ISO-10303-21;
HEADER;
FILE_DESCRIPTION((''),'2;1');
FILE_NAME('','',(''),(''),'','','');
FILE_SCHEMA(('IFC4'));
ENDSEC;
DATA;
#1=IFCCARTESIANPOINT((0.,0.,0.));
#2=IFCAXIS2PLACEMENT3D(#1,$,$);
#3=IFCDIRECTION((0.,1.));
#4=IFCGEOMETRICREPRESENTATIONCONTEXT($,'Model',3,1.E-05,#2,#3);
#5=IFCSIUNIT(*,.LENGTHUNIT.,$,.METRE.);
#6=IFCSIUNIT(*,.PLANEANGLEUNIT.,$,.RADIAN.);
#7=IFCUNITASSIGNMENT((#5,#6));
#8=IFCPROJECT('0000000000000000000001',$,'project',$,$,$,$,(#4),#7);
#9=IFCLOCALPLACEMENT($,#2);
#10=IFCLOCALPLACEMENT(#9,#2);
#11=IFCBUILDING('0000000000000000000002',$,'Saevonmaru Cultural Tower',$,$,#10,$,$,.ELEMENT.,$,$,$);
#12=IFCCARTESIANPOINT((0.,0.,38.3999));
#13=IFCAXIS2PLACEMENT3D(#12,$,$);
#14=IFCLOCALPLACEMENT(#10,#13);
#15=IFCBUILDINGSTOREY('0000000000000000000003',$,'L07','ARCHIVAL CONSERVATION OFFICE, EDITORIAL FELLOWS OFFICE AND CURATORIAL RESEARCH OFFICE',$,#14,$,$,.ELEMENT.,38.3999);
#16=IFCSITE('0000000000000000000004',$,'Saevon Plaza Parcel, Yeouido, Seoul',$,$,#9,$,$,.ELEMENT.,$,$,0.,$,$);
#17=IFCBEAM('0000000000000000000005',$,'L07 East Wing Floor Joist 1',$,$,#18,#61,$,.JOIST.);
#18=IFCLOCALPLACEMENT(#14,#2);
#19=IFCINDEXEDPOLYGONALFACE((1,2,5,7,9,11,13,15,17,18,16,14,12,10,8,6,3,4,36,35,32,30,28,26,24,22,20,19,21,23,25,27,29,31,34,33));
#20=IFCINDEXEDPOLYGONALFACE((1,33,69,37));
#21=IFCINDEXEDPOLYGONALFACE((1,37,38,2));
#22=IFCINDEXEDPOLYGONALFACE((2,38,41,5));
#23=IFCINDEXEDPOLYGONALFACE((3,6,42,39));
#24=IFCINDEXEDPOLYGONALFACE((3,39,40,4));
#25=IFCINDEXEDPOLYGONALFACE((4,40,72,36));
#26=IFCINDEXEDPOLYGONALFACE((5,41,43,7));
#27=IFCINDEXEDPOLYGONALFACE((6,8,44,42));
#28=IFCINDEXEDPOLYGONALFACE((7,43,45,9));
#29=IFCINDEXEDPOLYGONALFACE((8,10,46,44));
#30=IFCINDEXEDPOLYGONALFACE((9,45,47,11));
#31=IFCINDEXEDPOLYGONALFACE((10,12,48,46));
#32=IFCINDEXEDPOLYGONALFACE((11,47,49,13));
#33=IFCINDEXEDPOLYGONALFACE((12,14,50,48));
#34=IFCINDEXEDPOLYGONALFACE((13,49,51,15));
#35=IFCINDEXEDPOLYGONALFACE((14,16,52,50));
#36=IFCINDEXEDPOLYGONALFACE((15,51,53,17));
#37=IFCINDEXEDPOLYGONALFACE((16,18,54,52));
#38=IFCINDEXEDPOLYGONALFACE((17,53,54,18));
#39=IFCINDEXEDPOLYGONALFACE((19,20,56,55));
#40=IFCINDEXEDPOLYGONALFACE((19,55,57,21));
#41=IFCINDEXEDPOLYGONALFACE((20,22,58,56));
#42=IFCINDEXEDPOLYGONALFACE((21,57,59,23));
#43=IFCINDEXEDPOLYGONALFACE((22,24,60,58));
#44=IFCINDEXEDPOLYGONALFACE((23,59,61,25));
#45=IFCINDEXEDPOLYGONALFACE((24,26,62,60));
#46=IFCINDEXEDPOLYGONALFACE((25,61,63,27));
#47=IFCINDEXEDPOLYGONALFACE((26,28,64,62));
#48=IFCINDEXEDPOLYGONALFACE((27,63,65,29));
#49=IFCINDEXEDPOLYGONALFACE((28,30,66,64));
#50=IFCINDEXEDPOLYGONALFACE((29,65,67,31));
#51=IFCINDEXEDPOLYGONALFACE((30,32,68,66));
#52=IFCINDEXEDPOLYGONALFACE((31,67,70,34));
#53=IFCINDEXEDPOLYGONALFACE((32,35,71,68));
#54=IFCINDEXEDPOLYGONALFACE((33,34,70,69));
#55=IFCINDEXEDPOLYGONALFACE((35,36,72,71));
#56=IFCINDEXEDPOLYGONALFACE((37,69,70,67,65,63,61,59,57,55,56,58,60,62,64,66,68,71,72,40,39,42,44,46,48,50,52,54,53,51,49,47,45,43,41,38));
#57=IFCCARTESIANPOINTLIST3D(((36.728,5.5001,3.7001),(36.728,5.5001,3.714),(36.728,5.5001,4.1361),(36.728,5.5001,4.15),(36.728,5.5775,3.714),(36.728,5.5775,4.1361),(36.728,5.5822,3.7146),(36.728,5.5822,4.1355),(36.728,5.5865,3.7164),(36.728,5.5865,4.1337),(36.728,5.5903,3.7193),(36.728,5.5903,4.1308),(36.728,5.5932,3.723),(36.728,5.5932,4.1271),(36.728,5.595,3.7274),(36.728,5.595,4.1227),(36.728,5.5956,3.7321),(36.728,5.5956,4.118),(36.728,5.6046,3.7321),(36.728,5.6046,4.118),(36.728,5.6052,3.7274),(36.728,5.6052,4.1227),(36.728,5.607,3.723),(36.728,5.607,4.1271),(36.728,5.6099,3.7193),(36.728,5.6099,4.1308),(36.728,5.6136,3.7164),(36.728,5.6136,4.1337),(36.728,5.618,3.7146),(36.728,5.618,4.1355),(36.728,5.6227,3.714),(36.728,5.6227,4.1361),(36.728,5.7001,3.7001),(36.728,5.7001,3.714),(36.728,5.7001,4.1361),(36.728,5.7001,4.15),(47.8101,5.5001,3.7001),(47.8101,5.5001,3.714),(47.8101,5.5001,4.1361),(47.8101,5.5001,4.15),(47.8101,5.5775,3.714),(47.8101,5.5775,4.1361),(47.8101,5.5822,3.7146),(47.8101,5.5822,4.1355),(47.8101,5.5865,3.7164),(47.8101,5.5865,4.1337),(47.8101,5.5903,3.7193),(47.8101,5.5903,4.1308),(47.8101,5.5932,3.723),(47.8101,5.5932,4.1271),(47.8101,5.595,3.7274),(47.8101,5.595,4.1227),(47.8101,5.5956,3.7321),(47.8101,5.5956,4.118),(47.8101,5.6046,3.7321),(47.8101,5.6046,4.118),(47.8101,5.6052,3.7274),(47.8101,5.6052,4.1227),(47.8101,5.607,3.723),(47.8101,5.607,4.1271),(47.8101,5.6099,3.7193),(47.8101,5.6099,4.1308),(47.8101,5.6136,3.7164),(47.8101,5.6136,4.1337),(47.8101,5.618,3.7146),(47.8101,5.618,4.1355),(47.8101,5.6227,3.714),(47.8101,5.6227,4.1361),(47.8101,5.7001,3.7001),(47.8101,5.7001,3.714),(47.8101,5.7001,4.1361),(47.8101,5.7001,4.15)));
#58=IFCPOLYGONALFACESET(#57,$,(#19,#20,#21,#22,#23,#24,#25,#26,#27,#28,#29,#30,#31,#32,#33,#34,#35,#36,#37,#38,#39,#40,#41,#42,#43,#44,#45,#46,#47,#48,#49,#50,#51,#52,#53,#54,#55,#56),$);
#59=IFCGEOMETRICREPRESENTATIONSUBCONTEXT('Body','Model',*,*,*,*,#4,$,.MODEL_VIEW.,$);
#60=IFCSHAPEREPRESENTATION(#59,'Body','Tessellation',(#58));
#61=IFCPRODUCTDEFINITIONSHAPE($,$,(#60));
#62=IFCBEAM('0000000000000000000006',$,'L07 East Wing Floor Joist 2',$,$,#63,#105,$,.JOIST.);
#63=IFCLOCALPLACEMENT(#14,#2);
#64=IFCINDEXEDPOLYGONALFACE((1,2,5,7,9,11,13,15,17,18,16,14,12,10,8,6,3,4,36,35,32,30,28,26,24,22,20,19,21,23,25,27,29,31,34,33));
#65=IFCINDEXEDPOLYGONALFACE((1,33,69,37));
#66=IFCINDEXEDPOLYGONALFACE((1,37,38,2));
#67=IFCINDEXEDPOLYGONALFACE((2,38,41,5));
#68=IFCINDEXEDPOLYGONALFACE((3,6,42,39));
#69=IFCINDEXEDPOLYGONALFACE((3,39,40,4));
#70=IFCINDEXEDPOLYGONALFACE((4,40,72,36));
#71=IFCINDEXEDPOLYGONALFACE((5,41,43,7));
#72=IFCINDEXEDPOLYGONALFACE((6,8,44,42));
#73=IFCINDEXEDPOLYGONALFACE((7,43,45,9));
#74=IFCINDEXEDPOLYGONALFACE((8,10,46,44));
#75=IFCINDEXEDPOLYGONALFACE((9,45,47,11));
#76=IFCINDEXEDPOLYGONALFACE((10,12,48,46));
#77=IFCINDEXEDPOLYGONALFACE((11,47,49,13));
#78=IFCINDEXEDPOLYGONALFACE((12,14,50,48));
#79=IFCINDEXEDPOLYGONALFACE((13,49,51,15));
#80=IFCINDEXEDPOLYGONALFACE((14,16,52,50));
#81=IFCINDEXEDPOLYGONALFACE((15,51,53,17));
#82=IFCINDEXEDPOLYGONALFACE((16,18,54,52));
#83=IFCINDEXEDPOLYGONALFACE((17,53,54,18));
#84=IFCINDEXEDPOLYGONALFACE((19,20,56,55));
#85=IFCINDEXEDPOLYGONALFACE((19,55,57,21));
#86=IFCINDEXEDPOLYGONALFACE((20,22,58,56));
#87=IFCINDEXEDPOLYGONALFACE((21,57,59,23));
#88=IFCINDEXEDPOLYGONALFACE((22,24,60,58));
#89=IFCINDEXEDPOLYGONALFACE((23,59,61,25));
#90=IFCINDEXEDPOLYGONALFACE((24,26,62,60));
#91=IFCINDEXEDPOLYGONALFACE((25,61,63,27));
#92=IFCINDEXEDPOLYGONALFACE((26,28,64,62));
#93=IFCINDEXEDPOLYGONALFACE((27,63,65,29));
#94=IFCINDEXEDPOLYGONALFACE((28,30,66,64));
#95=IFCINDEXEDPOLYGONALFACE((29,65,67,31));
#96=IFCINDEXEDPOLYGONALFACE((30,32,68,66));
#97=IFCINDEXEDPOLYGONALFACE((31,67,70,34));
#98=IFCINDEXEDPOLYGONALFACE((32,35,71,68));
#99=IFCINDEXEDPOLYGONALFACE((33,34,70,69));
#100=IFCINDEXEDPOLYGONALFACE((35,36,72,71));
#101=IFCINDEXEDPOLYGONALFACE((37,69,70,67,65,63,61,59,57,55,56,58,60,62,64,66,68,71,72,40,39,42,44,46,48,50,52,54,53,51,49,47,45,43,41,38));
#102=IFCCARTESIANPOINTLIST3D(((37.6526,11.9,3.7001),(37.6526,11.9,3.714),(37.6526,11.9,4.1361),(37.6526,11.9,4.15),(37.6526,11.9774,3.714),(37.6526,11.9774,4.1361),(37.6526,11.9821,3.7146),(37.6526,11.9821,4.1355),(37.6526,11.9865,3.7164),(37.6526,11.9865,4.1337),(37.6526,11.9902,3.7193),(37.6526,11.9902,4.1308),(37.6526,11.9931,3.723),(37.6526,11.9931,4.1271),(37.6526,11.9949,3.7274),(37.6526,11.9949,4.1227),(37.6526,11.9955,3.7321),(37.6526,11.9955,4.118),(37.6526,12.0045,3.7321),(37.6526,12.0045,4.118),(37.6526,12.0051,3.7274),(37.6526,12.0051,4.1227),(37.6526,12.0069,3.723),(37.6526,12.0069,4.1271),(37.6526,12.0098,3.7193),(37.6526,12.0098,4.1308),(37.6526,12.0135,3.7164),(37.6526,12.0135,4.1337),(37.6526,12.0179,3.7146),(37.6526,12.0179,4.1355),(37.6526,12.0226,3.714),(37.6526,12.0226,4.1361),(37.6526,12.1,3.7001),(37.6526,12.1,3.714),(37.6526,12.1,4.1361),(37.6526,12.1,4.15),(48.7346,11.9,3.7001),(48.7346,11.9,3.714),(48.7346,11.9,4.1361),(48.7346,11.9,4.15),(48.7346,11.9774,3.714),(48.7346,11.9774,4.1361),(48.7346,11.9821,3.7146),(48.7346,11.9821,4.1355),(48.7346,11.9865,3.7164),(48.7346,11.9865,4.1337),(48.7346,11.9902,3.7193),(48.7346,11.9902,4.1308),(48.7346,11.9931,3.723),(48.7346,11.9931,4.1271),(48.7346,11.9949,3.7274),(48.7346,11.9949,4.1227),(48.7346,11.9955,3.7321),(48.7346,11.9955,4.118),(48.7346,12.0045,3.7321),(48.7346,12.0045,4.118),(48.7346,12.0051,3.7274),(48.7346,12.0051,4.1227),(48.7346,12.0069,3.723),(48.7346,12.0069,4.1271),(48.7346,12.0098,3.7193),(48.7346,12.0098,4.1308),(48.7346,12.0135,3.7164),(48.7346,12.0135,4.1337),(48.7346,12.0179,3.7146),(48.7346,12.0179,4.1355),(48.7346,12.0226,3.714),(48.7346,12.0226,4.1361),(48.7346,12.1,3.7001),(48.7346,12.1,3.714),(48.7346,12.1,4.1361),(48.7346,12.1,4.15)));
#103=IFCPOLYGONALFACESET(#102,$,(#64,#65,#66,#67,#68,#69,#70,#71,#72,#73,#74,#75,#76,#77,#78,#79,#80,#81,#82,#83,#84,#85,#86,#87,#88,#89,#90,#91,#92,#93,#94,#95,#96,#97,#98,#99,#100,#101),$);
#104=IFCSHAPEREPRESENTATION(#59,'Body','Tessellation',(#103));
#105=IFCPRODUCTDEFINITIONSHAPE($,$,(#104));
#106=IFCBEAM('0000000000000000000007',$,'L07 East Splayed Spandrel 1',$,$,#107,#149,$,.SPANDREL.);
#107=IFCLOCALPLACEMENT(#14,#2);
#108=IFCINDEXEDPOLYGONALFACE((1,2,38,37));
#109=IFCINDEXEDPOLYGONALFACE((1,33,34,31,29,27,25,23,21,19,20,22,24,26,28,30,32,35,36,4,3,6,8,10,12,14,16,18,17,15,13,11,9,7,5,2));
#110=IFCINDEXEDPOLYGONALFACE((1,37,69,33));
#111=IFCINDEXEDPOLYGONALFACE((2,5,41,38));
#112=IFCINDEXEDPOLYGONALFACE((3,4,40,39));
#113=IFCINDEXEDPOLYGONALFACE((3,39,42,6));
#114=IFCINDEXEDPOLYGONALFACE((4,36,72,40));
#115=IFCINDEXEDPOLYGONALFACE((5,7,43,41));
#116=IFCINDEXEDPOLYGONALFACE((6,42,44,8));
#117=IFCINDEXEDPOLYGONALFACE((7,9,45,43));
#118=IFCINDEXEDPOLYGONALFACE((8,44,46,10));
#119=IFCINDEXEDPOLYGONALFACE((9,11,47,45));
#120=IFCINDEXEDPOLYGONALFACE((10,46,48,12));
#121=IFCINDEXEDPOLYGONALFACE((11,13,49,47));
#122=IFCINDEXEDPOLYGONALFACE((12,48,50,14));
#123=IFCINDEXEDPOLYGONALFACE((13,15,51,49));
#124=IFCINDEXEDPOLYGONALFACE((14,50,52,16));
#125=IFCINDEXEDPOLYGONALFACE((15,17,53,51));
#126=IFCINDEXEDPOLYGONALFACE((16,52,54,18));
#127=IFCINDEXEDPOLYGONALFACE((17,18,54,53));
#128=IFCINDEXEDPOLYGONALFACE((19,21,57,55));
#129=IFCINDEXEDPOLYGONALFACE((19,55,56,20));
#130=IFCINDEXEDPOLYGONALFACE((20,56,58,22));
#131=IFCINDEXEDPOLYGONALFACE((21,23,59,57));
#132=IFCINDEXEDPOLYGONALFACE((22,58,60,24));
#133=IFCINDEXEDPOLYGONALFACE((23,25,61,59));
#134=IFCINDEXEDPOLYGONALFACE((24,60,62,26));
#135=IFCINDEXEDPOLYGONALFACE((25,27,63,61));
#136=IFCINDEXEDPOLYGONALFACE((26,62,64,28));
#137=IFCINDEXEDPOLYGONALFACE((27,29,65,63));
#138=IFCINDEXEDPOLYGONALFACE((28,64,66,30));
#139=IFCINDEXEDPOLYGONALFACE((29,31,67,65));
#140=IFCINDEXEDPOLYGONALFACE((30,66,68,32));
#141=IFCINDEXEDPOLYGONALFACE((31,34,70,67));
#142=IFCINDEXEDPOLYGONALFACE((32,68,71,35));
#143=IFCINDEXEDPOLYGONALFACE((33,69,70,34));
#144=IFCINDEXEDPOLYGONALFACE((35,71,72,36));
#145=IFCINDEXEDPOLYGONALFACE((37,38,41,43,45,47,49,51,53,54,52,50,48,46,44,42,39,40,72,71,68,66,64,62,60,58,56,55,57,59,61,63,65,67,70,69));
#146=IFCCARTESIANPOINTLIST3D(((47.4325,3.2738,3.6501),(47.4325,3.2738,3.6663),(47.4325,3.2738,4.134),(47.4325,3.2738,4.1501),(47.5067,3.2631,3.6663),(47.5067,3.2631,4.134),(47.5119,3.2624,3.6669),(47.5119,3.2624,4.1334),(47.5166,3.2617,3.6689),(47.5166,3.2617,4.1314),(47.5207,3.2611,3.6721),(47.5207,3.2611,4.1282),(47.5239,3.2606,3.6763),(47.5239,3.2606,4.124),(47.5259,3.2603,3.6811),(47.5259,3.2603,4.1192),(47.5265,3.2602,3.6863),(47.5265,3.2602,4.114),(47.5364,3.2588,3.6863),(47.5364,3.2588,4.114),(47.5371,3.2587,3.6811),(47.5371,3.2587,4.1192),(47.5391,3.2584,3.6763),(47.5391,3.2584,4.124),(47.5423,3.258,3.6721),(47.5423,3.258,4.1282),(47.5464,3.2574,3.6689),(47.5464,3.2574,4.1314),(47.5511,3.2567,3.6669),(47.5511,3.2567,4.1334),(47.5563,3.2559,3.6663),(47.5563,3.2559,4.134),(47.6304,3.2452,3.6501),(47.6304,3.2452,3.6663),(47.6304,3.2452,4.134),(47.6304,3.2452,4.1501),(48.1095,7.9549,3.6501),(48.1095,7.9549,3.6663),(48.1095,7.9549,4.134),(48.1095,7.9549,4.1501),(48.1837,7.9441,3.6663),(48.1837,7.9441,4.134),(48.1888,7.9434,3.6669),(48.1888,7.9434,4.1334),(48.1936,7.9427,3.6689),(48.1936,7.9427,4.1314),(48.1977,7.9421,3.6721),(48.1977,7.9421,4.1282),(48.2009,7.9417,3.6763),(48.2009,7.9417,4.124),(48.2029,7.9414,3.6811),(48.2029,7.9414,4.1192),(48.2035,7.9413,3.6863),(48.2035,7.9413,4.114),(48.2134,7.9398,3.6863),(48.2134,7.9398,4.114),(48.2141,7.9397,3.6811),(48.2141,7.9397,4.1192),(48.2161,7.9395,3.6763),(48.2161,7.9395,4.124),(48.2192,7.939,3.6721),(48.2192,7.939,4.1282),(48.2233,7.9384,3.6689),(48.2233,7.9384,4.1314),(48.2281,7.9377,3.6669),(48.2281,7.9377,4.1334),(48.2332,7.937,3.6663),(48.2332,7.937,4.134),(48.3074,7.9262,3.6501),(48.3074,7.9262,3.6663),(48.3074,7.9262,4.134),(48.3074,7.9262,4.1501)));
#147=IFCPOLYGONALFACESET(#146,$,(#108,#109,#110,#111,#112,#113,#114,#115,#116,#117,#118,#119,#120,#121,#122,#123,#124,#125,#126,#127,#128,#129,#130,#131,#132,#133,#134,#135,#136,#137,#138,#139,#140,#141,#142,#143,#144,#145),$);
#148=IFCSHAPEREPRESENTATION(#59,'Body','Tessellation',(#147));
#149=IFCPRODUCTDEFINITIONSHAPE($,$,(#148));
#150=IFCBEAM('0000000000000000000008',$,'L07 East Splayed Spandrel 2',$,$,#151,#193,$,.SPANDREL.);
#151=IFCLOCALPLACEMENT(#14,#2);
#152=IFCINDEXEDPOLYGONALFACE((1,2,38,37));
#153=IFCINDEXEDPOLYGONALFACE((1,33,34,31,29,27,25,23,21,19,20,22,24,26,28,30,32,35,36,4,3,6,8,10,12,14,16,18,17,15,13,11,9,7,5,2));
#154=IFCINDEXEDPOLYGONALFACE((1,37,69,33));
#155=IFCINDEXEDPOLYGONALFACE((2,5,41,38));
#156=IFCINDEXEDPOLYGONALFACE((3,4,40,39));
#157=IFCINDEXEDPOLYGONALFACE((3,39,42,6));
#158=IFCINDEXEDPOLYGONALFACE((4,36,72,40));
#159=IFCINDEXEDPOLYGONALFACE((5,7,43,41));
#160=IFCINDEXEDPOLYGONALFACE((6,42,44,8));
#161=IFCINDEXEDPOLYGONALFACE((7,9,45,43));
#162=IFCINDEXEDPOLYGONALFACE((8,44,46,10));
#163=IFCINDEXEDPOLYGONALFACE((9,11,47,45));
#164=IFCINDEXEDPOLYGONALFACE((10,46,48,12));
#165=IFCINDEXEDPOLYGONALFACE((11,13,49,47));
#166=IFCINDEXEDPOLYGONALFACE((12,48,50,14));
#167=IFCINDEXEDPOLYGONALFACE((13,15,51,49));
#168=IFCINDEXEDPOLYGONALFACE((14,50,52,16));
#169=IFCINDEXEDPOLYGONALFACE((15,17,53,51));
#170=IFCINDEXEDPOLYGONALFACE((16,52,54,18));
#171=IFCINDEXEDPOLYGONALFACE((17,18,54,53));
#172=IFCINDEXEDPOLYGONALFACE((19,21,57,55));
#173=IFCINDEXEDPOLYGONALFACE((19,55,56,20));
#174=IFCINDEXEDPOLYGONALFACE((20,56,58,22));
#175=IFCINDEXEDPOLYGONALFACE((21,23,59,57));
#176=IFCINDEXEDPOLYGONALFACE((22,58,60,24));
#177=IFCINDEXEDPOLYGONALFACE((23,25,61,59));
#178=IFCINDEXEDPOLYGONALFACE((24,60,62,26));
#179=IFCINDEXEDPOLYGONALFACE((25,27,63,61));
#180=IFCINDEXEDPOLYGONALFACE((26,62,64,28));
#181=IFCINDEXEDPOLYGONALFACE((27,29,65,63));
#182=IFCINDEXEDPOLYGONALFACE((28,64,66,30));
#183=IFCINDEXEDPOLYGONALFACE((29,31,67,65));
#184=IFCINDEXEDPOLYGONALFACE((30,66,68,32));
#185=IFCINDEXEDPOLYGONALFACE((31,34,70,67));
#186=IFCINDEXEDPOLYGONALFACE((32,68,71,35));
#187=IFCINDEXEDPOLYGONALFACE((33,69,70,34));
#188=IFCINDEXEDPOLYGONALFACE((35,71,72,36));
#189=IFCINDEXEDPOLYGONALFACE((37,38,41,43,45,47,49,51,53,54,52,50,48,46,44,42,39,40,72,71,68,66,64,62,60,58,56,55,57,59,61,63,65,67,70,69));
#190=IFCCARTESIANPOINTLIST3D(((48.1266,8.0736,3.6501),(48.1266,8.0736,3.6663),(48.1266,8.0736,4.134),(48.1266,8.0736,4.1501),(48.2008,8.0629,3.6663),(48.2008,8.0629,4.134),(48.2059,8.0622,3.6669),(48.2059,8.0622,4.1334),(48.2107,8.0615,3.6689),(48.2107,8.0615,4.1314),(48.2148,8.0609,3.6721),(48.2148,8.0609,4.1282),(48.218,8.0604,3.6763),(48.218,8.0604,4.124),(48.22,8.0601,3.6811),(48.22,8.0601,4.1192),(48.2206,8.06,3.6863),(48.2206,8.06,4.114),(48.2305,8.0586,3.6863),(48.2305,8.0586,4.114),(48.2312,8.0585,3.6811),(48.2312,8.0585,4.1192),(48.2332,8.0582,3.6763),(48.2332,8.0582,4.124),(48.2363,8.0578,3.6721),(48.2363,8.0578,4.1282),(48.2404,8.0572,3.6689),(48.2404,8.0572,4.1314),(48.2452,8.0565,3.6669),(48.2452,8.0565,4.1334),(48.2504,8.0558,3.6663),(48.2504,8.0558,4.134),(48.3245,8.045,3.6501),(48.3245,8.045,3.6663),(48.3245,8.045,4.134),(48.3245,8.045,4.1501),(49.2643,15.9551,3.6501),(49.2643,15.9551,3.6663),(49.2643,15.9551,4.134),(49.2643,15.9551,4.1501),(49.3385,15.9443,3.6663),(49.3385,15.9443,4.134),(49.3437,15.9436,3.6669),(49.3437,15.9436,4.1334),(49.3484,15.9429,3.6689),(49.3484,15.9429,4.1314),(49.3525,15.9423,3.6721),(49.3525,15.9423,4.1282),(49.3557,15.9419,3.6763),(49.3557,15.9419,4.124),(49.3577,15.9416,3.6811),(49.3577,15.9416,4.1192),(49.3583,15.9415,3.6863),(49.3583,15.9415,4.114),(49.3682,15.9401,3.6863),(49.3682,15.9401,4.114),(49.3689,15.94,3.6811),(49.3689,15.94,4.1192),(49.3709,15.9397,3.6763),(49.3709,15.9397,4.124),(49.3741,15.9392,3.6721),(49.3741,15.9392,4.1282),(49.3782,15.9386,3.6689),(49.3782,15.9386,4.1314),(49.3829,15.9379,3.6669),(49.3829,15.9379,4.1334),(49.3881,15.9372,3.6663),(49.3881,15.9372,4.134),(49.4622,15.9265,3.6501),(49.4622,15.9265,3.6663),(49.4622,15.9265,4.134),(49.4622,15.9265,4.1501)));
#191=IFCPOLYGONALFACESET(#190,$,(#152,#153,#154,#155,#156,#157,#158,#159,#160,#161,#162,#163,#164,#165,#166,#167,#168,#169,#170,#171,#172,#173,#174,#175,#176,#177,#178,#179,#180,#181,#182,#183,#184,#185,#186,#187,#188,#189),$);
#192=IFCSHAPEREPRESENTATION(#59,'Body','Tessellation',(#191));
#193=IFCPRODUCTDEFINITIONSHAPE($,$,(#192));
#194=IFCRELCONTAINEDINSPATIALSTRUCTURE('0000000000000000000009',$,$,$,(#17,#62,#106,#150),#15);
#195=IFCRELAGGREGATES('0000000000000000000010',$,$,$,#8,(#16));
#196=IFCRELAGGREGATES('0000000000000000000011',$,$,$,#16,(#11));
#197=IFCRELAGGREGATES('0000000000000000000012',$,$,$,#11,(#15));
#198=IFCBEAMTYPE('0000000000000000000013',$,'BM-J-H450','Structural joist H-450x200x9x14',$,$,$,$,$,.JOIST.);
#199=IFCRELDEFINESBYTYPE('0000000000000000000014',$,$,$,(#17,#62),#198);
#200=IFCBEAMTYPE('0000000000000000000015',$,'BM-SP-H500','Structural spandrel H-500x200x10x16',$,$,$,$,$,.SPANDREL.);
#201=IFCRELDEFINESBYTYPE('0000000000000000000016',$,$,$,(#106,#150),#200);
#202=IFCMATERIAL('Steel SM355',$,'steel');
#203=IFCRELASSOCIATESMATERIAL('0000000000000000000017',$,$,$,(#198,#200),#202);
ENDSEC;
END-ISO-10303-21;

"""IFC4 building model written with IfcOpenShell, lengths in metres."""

from ifc_helpers import new_model, si_unit, direction, frame, origin, origin_2d, place, context, subcontext, project, spatial, i_section, extrude, material, material_profile, profile_set, type_object, element, save


model = new_model("IFC4")

# Units and contexts
model_context = context("Model", 3, precision=1e-05, world=origin(), true_north=direction((0.0, 1.0)))
body_context = subcontext(model_context, "Body", "Model", "MODEL_VIEW")
ifc_project = project(units=[si_unit("LENGTHUNIT", "METRE"), si_unit("PLANEANGLEUNIT", "RADIAN")], contexts=[model_context])

# Site, building, storey
site_placement = place(None, origin())
site = spatial("IfcSite", under=ifc_project, at=site_placement, Name="Saevon Plaza Parcel, Yeouido, Seoul", CompositionType="ELEMENT", RefElevation=0.0)
building_placement = place(site_placement, origin())
building = spatial("IfcBuilding", under=site, at=building_placement, Name="Saevonmaru Cultural Tower", CompositionType="ELEMENT")
storey_placement = place(building_placement, frame((0.0, 0.0, 38.3999)))
storey = spatial("IfcBuildingStorey", under=building, at=storey_placement, Name="L07", Description="ARCHIVAL CONSERVATION OFFICE, EDITORIAL FELLOWS OFFICE AND CURATORIAL RESEARCH OFFICE", CompositionType="ELEMENT", Elevation=38.3999)

# Beams
ifc_material_1 = material(Name="Steel SM355", Category="steel")
ifc_material_profile_1 = material_profile(ifc_material_1, i_section(OverallWidth=0.2, OverallDepth=0.45, WebThickness=0.009, FlangeThickness=0.0139, FilletRadius=0.0181, at=origin_2d()), Name="H-450x200x9x14")
ifc_profile_set_1 = profile_set([ifc_material_profile_1], Name="Steel SM355")
beam_type_1 = type_object("IfcBeamType", Name="BM-J-H450", Description="Structural joist H-450x200x9x14", PredefinedType="JOIST", material=ifc_profile_set_1)
for number, where, z_axis, x_axis, name in (
    (1, (36.728, 5.6001, 3.925), (1.0, 0.0, 0.0), (0.0, 1.0, 0.0), "L07 East Wing Floor Joist 1"),
    (2, (37.6526, 12.0, 3.925), (1.0, 0.0, 0.0), (0.0, 1.0, 0.0), "L07 East Wing Floor Joist 2"),
):
    element("IfcBeam", number, at=place(storey_placement, frame(where, z_axis=z_axis, x_axis=x_axis)), inside=storey, type_object=beam_type_1, Name=name, PredefinedType="JOIST", context=body_context, shape_type="SweptSolid", body=[
        extrude(i_section(OverallWidth=0.2, OverallDepth=0.45, WebThickness=0.009, FlangeThickness=0.0139, FilletRadius=0.0181, at=origin_2d()), origin(), (0.0, 0.0, 1.0), 11.082),
    ])
ifc_material_profile_2 = material_profile(ifc_material_1, i_section(OverallWidth=0.2, OverallDepth=0.5, WebThickness=0.01, FlangeThickness=0.0161, FilletRadius=0.02, at=origin_2d()), Name="H-500x200x10x16")
ifc_profile_set_2 = profile_set([ifc_material_profile_2], Name="Steel SM355")
beam_type_2 = type_object("IfcBeamType", Name="BM-SP-H500", Description="Structural spandrel H-500x200x10x16", PredefinedType="SPANDREL", material=ifc_profile_set_2)
beam_1_placement = place(storey_placement, frame((47.5315, 3.2595, 3.9001), z_axis=(0.143134, 0.989703, 0.0), x_axis=(-0.989703, 0.143134, 0.0)))
element("IfcBeam", 3, at=beam_1_placement, inside=storey, type_object=beam_type_2, Name="L07 East Splayed Spandrel 1", PredefinedType="SPANDREL", context=body_context, shape_type="SweptSolid", body=[
    extrude(i_section(OverallWidth=0.2, OverallDepth=0.5, WebThickness=0.01, FlangeThickness=0.0161, FilletRadius=0.02, at=origin_2d()), origin(), (0.0, 0.0, 1.0), 4.7297),
])
beam_2_placement = place(storey_placement, frame((48.2256, 8.0593, 3.9001), z_axis=(0.142872, 0.989741, 0.0), x_axis=(-0.989741, 0.142872, 0.0)))
element("IfcBeam", 4, at=beam_2_placement, inside=storey, type_object=beam_type_2, Name="L07 East Splayed Spandrel 2", PredefinedType="SPANDREL", context=body_context, shape_type="SweptSolid", body=[
    extrude(i_section(OverallWidth=0.2, OverallDepth=0.5, WebThickness=0.01, FlangeThickness=0.0161, FilletRadius=0.02, at=origin_2d()), origin(), (0.0, 0.0, 1.0), 7.9631),
])

save(model, "model.ifc")
